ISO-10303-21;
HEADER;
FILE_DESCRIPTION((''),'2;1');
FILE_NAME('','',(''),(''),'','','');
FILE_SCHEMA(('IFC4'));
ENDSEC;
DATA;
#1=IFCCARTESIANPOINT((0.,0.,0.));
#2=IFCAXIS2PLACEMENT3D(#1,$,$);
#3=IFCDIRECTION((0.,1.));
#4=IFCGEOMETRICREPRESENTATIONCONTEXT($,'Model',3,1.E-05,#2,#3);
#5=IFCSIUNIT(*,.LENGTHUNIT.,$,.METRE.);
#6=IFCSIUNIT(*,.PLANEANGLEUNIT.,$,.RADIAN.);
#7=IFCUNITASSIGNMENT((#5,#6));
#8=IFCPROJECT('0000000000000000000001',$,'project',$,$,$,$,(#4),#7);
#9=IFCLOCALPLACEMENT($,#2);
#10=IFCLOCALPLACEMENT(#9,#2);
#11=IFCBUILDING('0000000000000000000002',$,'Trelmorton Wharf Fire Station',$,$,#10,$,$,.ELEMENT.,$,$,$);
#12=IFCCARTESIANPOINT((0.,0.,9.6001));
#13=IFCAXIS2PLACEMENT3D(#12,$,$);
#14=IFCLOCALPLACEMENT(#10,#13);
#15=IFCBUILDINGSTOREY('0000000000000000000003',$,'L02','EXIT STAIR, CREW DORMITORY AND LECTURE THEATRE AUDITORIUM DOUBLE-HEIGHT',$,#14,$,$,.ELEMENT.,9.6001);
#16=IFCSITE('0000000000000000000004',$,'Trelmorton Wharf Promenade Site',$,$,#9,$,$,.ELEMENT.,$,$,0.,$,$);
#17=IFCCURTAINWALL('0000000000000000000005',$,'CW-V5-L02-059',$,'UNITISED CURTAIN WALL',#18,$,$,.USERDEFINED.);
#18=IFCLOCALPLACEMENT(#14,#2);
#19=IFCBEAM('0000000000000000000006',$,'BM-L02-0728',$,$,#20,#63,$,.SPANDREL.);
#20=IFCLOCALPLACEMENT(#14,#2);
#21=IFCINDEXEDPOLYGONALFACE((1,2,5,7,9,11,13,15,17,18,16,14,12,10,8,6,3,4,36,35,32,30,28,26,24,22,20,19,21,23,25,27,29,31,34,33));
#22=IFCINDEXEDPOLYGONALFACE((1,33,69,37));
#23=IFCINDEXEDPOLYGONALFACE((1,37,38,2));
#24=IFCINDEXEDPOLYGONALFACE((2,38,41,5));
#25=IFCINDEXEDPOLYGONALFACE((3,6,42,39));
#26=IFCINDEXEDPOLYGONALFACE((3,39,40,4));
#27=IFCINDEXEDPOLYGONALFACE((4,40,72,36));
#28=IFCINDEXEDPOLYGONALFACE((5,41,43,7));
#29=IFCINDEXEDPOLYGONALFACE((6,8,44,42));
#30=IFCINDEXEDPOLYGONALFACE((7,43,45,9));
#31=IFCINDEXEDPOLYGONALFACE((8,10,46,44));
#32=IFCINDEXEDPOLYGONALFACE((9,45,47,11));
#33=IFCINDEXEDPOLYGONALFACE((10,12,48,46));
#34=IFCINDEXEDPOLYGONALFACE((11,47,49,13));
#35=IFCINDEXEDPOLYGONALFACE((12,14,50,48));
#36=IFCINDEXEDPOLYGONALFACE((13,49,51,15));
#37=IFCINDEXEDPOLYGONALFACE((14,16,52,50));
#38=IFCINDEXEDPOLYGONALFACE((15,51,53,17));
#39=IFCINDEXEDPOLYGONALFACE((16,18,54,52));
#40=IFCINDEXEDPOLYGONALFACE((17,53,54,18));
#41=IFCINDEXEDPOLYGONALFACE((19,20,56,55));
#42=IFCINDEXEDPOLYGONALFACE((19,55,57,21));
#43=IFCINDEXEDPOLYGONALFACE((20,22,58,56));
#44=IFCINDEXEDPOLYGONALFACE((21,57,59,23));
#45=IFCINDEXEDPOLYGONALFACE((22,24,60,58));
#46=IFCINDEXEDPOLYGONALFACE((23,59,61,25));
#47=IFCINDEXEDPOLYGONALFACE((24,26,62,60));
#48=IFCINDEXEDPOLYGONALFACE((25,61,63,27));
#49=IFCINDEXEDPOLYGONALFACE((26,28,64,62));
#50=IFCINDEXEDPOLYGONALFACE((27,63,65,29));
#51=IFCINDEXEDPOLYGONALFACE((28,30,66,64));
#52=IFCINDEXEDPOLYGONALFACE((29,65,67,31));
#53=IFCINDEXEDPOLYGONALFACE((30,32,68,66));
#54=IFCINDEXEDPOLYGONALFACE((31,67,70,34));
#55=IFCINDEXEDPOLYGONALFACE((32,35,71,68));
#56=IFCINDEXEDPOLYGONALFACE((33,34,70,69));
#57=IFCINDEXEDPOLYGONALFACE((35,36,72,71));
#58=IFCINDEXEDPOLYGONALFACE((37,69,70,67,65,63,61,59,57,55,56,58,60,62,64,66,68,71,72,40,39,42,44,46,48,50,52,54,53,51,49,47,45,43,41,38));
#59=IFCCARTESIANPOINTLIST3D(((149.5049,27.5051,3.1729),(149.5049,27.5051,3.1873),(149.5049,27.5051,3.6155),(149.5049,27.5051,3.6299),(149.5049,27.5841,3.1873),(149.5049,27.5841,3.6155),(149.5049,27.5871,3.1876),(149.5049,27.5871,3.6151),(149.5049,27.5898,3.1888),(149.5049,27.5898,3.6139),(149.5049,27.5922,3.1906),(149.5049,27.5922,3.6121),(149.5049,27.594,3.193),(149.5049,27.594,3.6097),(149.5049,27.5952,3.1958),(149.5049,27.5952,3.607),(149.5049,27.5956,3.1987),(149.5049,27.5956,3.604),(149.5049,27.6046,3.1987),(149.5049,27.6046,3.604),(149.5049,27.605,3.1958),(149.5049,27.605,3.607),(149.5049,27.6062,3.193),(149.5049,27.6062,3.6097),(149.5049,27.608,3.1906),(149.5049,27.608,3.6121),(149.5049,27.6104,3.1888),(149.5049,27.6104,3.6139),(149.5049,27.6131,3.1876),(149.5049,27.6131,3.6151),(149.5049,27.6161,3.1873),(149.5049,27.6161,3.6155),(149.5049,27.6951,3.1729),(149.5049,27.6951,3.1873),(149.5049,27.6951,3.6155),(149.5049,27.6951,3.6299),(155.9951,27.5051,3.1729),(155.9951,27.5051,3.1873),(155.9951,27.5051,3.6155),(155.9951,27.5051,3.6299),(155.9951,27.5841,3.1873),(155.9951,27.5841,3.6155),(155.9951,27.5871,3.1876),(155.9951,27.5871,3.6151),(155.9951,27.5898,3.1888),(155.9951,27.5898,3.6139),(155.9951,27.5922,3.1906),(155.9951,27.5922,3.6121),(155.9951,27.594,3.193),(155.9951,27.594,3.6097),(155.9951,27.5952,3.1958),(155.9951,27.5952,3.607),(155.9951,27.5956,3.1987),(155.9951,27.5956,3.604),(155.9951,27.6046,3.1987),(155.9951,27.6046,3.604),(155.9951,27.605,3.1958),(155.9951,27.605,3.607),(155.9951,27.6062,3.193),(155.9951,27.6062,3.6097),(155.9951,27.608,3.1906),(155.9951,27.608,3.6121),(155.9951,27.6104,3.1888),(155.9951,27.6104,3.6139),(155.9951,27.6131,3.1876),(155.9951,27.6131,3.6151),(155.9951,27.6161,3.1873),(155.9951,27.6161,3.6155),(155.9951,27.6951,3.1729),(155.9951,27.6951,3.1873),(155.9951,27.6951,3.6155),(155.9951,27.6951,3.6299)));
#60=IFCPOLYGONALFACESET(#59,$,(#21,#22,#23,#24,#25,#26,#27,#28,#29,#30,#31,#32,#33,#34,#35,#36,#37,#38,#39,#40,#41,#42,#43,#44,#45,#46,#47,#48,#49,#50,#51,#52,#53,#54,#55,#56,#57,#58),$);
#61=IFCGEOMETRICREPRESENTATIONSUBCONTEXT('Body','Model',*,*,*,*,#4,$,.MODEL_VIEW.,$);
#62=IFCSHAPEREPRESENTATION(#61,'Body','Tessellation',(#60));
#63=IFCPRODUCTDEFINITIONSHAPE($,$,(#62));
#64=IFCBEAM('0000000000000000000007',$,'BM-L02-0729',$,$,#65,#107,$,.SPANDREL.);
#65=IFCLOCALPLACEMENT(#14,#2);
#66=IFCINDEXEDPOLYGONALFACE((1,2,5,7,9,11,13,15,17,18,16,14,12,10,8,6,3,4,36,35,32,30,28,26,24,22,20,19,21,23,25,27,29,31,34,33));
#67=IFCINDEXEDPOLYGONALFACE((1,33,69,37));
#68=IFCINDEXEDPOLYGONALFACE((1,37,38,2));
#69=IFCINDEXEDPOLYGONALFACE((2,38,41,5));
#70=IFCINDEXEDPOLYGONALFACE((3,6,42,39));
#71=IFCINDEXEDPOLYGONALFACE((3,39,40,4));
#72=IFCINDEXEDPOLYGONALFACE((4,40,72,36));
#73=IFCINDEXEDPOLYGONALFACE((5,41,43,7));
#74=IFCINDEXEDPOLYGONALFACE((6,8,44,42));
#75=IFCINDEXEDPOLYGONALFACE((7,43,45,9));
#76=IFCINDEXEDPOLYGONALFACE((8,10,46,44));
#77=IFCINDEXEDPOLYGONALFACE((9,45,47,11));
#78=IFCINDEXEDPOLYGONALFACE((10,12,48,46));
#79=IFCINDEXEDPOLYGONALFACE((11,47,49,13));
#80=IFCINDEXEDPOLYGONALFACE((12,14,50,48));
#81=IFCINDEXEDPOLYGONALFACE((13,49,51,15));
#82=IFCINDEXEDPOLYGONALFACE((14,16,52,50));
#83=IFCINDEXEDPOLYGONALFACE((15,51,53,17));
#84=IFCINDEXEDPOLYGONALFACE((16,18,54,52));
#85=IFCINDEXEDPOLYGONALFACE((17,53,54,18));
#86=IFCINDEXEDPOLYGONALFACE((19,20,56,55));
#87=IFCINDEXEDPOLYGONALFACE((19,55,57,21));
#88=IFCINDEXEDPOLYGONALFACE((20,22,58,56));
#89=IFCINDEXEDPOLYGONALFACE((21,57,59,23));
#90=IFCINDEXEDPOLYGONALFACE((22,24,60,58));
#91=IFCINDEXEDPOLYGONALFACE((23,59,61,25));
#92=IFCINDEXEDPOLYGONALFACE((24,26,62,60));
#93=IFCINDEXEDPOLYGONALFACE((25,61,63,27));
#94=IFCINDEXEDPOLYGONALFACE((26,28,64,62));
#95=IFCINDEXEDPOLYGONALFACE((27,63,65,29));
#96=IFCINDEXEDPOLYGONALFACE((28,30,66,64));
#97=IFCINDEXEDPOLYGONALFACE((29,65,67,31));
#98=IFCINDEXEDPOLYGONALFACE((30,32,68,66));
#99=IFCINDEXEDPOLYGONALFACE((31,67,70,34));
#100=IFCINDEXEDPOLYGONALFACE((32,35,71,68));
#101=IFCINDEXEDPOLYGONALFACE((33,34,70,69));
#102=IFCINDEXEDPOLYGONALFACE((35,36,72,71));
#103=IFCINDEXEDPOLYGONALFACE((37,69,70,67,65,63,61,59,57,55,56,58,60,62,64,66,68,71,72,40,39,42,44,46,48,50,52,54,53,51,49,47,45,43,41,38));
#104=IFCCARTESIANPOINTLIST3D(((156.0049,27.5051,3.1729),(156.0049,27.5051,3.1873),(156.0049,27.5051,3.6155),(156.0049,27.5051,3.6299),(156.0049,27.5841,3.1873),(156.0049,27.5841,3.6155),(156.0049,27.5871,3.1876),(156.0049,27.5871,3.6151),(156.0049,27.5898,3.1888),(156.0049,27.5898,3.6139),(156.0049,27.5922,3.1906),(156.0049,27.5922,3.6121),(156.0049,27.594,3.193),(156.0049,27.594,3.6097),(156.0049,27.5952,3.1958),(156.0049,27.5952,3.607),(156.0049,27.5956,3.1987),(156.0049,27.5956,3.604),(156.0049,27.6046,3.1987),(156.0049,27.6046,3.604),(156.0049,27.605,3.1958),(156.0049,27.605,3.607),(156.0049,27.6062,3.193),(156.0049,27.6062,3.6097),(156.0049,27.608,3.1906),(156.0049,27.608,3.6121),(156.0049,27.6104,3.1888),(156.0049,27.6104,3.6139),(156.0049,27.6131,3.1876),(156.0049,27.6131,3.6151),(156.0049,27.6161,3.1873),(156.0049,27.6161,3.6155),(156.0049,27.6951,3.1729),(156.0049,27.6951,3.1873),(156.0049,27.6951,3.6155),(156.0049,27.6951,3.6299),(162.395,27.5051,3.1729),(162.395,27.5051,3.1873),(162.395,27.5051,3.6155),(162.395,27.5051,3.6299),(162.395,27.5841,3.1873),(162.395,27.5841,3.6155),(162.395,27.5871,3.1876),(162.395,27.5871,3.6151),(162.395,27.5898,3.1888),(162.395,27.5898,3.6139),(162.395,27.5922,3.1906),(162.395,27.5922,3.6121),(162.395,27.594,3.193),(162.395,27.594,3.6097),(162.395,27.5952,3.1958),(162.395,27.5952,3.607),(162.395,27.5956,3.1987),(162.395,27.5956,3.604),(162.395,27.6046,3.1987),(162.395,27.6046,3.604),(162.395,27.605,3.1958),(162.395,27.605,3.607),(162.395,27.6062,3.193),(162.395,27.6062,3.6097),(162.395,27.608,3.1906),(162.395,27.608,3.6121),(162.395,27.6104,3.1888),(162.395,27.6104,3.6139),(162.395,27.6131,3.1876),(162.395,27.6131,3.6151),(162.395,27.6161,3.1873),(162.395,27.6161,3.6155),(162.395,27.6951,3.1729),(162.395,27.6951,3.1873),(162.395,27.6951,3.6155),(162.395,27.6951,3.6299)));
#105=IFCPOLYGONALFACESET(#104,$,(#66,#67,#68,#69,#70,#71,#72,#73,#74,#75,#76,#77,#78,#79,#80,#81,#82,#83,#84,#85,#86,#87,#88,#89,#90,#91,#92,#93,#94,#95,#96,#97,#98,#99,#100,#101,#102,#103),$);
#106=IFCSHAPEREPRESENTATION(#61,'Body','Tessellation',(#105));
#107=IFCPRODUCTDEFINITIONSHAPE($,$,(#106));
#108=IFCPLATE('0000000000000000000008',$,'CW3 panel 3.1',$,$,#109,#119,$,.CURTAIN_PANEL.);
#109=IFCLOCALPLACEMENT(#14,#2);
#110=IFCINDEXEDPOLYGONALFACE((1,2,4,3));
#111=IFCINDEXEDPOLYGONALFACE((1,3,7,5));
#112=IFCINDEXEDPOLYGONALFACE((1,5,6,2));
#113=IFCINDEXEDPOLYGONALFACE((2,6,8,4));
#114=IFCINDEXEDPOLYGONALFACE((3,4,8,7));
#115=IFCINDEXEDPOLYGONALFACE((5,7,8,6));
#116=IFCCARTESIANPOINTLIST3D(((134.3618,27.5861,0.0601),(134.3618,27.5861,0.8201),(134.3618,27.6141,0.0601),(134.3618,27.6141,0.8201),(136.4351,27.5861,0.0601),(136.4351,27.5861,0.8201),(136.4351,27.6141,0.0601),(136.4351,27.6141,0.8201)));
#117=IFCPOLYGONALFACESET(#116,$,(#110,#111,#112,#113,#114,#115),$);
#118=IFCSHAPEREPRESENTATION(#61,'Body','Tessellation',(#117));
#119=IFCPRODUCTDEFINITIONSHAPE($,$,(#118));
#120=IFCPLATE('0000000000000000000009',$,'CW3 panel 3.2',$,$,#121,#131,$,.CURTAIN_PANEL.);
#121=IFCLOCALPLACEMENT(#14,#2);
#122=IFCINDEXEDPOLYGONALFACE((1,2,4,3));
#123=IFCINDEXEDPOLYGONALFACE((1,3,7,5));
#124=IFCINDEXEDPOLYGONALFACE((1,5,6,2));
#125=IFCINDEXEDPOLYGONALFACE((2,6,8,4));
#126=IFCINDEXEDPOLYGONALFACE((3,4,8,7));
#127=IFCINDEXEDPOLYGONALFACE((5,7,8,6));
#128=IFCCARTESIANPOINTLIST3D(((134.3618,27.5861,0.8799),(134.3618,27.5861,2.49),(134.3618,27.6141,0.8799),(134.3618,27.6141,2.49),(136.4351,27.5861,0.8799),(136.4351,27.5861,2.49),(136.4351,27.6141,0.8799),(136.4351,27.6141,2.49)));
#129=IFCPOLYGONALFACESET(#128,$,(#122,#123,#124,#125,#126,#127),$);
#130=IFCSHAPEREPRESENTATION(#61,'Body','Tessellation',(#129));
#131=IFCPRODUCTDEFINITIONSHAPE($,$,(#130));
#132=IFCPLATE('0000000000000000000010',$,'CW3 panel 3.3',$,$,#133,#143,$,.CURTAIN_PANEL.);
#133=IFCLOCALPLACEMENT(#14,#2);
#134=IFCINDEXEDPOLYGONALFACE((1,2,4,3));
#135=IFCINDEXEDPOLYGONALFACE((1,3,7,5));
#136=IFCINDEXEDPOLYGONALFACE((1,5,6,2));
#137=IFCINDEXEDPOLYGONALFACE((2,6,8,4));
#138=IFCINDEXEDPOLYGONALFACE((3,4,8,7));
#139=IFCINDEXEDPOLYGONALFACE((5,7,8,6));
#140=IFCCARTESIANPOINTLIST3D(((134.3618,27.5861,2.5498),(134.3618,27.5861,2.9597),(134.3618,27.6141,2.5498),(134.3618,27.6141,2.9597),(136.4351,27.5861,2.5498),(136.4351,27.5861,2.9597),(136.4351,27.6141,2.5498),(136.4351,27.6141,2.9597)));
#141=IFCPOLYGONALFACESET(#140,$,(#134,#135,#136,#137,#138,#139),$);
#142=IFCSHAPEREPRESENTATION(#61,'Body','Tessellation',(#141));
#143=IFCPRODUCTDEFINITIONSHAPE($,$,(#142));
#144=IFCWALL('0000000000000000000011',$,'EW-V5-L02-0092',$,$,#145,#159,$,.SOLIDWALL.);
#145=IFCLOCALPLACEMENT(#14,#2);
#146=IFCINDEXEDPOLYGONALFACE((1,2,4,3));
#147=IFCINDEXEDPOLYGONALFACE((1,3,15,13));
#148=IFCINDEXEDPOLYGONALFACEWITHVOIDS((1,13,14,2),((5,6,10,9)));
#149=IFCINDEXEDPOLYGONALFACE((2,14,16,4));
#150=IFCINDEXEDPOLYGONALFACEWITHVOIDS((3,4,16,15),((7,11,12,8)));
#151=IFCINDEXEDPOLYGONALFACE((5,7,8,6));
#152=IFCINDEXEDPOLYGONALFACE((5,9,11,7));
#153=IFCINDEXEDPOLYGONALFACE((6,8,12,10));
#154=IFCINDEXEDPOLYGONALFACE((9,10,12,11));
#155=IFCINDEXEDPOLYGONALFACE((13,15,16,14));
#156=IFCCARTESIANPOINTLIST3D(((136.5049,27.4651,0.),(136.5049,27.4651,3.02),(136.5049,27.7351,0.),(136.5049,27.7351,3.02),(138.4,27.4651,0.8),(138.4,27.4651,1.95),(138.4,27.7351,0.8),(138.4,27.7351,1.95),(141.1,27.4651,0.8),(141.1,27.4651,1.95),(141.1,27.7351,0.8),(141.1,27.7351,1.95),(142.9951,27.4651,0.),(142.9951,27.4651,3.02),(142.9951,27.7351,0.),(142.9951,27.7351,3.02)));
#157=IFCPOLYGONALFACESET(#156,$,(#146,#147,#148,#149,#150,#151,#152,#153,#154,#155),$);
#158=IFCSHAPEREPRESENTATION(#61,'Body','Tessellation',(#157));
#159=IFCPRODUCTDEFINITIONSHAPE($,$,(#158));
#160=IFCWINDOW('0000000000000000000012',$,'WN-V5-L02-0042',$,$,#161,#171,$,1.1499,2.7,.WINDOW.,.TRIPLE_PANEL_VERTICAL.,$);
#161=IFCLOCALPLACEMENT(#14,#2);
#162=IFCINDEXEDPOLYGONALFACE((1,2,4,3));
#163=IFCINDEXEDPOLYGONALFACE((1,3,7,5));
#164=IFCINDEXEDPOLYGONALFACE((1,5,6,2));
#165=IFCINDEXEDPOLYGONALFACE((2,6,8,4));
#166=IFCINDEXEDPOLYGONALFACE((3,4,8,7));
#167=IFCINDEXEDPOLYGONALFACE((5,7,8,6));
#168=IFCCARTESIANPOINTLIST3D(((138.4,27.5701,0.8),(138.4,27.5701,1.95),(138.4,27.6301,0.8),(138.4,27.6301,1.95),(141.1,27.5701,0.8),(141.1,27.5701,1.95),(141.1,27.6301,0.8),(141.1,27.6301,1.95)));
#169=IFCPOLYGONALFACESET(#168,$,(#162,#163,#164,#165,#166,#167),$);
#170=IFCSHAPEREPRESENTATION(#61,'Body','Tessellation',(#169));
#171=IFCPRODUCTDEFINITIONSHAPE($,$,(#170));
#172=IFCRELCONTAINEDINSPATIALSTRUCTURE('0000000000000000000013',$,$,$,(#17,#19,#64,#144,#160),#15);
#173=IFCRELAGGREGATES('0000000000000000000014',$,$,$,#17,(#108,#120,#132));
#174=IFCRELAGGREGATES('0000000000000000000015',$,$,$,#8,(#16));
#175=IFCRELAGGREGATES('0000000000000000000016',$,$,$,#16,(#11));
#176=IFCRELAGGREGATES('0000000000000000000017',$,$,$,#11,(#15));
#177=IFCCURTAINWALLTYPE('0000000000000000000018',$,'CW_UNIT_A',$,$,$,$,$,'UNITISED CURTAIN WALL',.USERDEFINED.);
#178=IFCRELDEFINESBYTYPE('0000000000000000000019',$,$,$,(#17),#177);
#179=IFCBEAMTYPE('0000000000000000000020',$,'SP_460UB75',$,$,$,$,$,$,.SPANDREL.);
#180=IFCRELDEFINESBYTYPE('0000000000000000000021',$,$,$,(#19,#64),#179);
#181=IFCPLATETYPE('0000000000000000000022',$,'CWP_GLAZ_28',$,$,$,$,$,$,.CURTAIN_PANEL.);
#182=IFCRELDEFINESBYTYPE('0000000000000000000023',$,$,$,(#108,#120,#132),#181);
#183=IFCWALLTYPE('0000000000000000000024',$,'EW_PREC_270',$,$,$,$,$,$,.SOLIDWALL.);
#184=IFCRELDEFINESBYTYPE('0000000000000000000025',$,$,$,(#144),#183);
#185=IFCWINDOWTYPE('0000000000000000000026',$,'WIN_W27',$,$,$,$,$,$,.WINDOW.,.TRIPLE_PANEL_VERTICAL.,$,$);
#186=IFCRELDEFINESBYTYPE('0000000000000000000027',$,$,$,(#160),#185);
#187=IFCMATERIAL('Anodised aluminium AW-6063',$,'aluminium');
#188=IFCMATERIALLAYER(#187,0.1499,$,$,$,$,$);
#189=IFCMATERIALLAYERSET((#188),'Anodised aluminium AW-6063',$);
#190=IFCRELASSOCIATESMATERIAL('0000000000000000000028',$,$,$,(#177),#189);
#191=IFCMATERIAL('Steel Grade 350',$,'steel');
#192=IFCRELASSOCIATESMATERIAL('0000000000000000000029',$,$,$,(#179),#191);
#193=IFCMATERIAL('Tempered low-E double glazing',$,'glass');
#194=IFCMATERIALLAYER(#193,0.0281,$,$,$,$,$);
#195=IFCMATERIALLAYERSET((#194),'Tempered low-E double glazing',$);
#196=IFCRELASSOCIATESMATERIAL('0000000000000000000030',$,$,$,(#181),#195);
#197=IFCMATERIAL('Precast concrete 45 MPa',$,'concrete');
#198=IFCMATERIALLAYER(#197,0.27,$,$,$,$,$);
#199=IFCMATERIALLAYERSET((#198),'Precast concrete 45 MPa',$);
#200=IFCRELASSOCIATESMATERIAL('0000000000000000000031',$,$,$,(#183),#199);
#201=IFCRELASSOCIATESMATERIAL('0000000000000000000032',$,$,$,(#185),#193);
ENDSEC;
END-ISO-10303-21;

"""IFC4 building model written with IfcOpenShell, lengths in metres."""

from ifc_helpers import new_model, si_unit, direction, frame, frame_2d, origin, origin_2d, place, context, subcontext, project, spatial, rectangle, i_section, extrude, material, layer, layer_set, material_profile, profile_set, type_object, element, fill, aggregate, save


model = new_model("IFC4")

# Units and contexts
model_context = context("Model", 3, precision=1e-05, world=origin(), true_north=direction((0.0, 1.0)))
body_context = subcontext(model_context, "Body", "Model", "MODEL_VIEW")
ifc_project = project(units=[si_unit("LENGTHUNIT", "METRE"), si_unit("PLANEANGLEUNIT", "RADIAN")], contexts=[model_context])

# Site, building, storey
site_placement = place(None, origin())
site = spatial("IfcSite", under=ifc_project, at=site_placement, Name="Trelmorton Wharf Promenade Site", CompositionType="ELEMENT", RefElevation=0.0)
building_placement = place(site_placement, origin())
building = spatial("IfcBuilding", under=site, at=building_placement, Name="Trelmorton Wharf Fire Station", CompositionType="ELEMENT")
storey_placement = place(building_placement, frame((0.0, 0.0, 9.6001)))
storey = spatial("IfcBuildingStorey", under=building, at=storey_placement, Name="L02", Description="EXIT STAIR, CREW DORMITORY AND LECTURE THEATRE AUDITORIUM DOUBLE-HEIGHT", CompositionType="ELEMENT", Elevation=9.6001)

# Shared definitions
ifc_material_1 = material(Name="Steel Grade 350", Category="steel")

# Curtain wall
ifc_material_2 = material(Name="Anodised aluminium AW-6063", Category="aluminium")
ifc_layer_1 = layer(ifc_material_2, 0.1499)
ifc_layer_set_1 = layer_set([ifc_layer_1], Name="Anodised aluminium AW-6063")
curtain_wall_type = type_object("IfcCurtainWallType", Name="CW_UNIT_A", ElementType="UNITISED CURTAIN WALL", PredefinedType="USERDEFINED", material=ifc_layer_set_1)
curtain_wall_1_placement = place(storey_placement, origin())
curtain_wall_1 = element("IfcCurtainWall", 1, at=curtain_wall_1_placement, inside=storey, type_object=curtain_wall_type, Name="CW-V5-L02-059", ObjectType="UNITISED CURTAIN WALL", PredefinedType="USERDEFINED")

# Beams
ifc_material_profile_1 = material_profile(ifc_material_1, i_section(OverallWidth=0.1899, OverallDepth=0.457, WebThickness=0.009, FlangeThickness=0.0144, FilletRadius=0.0115, at=origin_2d()), Name="460UB74.6")
ifc_profile_set_1 = profile_set([ifc_material_profile_1], Name="Steel Grade 350")
beam_type = type_object("IfcBeamType", Name="SP_460UB75", PredefinedType="SPANDREL", material=ifc_profile_set_1)
for number, where, z_axis, x_axis, name in (
    (2, (149.5049, 27.6001, 3.4014), (1.0, 0.0, 0.0), (0.0, 1.0, 0.0), "BM-L02-0728"),
):
    element("IfcBeam", number, at=place(storey_placement, frame(where, z_axis=z_axis, x_axis=x_axis)), inside=storey, type_object=beam_type, Name=name, PredefinedType="SPANDREL", context=body_context, shape_type="SweptSolid", body=[
        extrude(i_section(OverallWidth=0.1899, OverallDepth=0.457, WebThickness=0.009, FlangeThickness=0.0144, FilletRadius=0.0115, at=origin_2d()), origin(), (0.0, 0.0, 1.0), 6.4902),
    ])
beam_placement = place(storey_placement, frame((156.0049, 27.6001, 3.4014), z_axis=(1.0, 0.0, 0.0), x_axis=(0.0, 1.0, 0.0)))
element("IfcBeam", 3, at=beam_placement, inside=storey, type_object=beam_type, Name="BM-L02-0729", PredefinedType="SPANDREL", context=body_context, shape_type="SweptSolid", body=[
    extrude(i_section(OverallWidth=0.1899, OverallDepth=0.457, WebThickness=0.009, FlangeThickness=0.0144, FilletRadius=0.0115, at=origin_2d()), origin(), (0.0, 0.0, 1.0), 6.3901),
])

# Plates
ifc_material_3 = material(Name="Tempered low-E double glazing", Category="glass")
ifc_layer_2 = layer(ifc_material_3, 0.0281)
ifc_layer_set_2 = layer_set([ifc_layer_2], Name="Tempered low-E double glazing")
plate_type = type_object("IfcPlateType", Name="CWP_GLAZ_28", PredefinedType="CURTAIN_PANEL", material=ifc_layer_set_2)
plate_1_placement = place(storey_placement, frame((135.3984, 27.6001, 0.0601), z_axis=(0.0, 0.0, 1.0), x_axis=(1.0, 0.0, 0.0)))
plate_1 = element("IfcPlate", 4, at=plate_1_placement, type_object=plate_type, Name="CW3 panel 3.1", PredefinedType="CURTAIN_PANEL", context=body_context, shape_type="SweptSolid", body=[
    extrude(rectangle(XDim=2.0732, YDim=0.0281, at=origin_2d()), origin(), (0.0, 0.0, 1.0), 0.76),
])
plate_2_placement = place(storey_placement, frame((135.3984, 27.6001, 0.8799), z_axis=(0.0, 0.0, 1.0), x_axis=(1.0, 0.0, 0.0)))
plate_2 = element("IfcPlate", 5, at=plate_2_placement, type_object=plate_type, Name="CW3 panel 3.2", PredefinedType="CURTAIN_PANEL", context=body_context, shape_type="SweptSolid", body=[
    extrude(rectangle(XDim=2.0732, YDim=0.0281, at=origin_2d()), origin(), (0.0, 0.0, 1.0), 1.6101),
])
plate_3_placement = place(storey_placement, frame((135.3984, 27.6001, 2.5498), z_axis=(0.0, 0.0, 1.0), x_axis=(1.0, 0.0, 0.0)))
plate_3 = element("IfcPlate", 6, at=plate_3_placement, type_object=plate_type, Name="CW3 panel 3.3", PredefinedType="CURTAIN_PANEL", context=body_context, shape_type="SweptSolid", body=[
    extrude(rectangle(XDim=2.0732, YDim=0.0281, at=origin_2d()), origin(), (0.0, 0.0, 1.0), 0.4099),
])
aggregate(curtain_wall_1, [plate_1, plate_2, plate_3])

# Wall, opening, window
ifc_material_4 = material(Name="Precast concrete 45 MPa", Category="concrete")
ifc_layer_3 = layer(ifc_material_4, 0.27)
ifc_layer_set_3 = layer_set([ifc_layer_3], Name="Precast concrete 45 MPa")
wall_type_1 = type_object("IfcWallType", Name="EW_PREC_270", PredefinedType="SOLIDWALL", material=ifc_layer_set_3)
wall_1_placement = place(storey_placement, frame((136.5049, 27.6001, 0.0), z_axis=(0.0, 0.0, 1.0), x_axis=(1.0, 0.0, 0.0)))
wall_1 = element("IfcWall", 7, at=wall_1_placement, inside=storey, type_object=wall_type_1, Name="EW-V5-L02-0092", PredefinedType="SOLIDWALL", context=body_context, shape_type="SweptSolid", body=[
    extrude(rectangle(XDim=6.4902, YDim=0.27, at=frame_2d((3.2451, 0.0))), origin(), (0.0, 0.0, 1.0), 3.02),
])
opening_1_placement = place(wall_1_placement, frame((1.895, 0.0, 0.8)))
opening_1 = element("IfcOpeningElement", 8, at=opening_1_placement, cuts=wall_1, PredefinedType="OPENING", context=body_context, shape_type="SweptSolid", body=[
    extrude(rectangle(XDim=2.7, YDim=1.1499, at=frame_2d((1.3501, 0.575))), frame((0.0, 0.145, 0.0), z_axis=(0.0, -1.0, 0.0), x_axis=(1.0, 0.0, 0.0)), (0.0, 0.0, 1.0), 0.29),
])
window_type_1 = type_object("IfcWindowType", Name="WIN_W27", PartitioningType="TRIPLE_PANEL_VERTICAL", PredefinedType="WINDOW", material=ifc_material_3)
window_1_placement = place(opening_1_placement, origin())
window_1 = element("IfcWindow", 9, at=window_1_placement, inside=storey, type_object=window_type_1, Name="WN-V5-L02-0042", OverallHeight=1.1499, OverallWidth=2.7, PartitioningType="TRIPLE_PANEL_VERTICAL", PredefinedType="WINDOW", context=body_context, shape_type="SweptSolid", body=[
    extrude(rectangle(XDim=2.7, YDim=1.1499, at=frame_2d((1.3501, 0.575))), frame((0.0, 0.03, 0.0), z_axis=(0.0, -1.0, 0.0), x_axis=(1.0, 0.0, 0.0)), (0.0, 0.0, 1.0), 0.0601),
])
fill(opening_1, window_1)

save(model, "model.ifc")
